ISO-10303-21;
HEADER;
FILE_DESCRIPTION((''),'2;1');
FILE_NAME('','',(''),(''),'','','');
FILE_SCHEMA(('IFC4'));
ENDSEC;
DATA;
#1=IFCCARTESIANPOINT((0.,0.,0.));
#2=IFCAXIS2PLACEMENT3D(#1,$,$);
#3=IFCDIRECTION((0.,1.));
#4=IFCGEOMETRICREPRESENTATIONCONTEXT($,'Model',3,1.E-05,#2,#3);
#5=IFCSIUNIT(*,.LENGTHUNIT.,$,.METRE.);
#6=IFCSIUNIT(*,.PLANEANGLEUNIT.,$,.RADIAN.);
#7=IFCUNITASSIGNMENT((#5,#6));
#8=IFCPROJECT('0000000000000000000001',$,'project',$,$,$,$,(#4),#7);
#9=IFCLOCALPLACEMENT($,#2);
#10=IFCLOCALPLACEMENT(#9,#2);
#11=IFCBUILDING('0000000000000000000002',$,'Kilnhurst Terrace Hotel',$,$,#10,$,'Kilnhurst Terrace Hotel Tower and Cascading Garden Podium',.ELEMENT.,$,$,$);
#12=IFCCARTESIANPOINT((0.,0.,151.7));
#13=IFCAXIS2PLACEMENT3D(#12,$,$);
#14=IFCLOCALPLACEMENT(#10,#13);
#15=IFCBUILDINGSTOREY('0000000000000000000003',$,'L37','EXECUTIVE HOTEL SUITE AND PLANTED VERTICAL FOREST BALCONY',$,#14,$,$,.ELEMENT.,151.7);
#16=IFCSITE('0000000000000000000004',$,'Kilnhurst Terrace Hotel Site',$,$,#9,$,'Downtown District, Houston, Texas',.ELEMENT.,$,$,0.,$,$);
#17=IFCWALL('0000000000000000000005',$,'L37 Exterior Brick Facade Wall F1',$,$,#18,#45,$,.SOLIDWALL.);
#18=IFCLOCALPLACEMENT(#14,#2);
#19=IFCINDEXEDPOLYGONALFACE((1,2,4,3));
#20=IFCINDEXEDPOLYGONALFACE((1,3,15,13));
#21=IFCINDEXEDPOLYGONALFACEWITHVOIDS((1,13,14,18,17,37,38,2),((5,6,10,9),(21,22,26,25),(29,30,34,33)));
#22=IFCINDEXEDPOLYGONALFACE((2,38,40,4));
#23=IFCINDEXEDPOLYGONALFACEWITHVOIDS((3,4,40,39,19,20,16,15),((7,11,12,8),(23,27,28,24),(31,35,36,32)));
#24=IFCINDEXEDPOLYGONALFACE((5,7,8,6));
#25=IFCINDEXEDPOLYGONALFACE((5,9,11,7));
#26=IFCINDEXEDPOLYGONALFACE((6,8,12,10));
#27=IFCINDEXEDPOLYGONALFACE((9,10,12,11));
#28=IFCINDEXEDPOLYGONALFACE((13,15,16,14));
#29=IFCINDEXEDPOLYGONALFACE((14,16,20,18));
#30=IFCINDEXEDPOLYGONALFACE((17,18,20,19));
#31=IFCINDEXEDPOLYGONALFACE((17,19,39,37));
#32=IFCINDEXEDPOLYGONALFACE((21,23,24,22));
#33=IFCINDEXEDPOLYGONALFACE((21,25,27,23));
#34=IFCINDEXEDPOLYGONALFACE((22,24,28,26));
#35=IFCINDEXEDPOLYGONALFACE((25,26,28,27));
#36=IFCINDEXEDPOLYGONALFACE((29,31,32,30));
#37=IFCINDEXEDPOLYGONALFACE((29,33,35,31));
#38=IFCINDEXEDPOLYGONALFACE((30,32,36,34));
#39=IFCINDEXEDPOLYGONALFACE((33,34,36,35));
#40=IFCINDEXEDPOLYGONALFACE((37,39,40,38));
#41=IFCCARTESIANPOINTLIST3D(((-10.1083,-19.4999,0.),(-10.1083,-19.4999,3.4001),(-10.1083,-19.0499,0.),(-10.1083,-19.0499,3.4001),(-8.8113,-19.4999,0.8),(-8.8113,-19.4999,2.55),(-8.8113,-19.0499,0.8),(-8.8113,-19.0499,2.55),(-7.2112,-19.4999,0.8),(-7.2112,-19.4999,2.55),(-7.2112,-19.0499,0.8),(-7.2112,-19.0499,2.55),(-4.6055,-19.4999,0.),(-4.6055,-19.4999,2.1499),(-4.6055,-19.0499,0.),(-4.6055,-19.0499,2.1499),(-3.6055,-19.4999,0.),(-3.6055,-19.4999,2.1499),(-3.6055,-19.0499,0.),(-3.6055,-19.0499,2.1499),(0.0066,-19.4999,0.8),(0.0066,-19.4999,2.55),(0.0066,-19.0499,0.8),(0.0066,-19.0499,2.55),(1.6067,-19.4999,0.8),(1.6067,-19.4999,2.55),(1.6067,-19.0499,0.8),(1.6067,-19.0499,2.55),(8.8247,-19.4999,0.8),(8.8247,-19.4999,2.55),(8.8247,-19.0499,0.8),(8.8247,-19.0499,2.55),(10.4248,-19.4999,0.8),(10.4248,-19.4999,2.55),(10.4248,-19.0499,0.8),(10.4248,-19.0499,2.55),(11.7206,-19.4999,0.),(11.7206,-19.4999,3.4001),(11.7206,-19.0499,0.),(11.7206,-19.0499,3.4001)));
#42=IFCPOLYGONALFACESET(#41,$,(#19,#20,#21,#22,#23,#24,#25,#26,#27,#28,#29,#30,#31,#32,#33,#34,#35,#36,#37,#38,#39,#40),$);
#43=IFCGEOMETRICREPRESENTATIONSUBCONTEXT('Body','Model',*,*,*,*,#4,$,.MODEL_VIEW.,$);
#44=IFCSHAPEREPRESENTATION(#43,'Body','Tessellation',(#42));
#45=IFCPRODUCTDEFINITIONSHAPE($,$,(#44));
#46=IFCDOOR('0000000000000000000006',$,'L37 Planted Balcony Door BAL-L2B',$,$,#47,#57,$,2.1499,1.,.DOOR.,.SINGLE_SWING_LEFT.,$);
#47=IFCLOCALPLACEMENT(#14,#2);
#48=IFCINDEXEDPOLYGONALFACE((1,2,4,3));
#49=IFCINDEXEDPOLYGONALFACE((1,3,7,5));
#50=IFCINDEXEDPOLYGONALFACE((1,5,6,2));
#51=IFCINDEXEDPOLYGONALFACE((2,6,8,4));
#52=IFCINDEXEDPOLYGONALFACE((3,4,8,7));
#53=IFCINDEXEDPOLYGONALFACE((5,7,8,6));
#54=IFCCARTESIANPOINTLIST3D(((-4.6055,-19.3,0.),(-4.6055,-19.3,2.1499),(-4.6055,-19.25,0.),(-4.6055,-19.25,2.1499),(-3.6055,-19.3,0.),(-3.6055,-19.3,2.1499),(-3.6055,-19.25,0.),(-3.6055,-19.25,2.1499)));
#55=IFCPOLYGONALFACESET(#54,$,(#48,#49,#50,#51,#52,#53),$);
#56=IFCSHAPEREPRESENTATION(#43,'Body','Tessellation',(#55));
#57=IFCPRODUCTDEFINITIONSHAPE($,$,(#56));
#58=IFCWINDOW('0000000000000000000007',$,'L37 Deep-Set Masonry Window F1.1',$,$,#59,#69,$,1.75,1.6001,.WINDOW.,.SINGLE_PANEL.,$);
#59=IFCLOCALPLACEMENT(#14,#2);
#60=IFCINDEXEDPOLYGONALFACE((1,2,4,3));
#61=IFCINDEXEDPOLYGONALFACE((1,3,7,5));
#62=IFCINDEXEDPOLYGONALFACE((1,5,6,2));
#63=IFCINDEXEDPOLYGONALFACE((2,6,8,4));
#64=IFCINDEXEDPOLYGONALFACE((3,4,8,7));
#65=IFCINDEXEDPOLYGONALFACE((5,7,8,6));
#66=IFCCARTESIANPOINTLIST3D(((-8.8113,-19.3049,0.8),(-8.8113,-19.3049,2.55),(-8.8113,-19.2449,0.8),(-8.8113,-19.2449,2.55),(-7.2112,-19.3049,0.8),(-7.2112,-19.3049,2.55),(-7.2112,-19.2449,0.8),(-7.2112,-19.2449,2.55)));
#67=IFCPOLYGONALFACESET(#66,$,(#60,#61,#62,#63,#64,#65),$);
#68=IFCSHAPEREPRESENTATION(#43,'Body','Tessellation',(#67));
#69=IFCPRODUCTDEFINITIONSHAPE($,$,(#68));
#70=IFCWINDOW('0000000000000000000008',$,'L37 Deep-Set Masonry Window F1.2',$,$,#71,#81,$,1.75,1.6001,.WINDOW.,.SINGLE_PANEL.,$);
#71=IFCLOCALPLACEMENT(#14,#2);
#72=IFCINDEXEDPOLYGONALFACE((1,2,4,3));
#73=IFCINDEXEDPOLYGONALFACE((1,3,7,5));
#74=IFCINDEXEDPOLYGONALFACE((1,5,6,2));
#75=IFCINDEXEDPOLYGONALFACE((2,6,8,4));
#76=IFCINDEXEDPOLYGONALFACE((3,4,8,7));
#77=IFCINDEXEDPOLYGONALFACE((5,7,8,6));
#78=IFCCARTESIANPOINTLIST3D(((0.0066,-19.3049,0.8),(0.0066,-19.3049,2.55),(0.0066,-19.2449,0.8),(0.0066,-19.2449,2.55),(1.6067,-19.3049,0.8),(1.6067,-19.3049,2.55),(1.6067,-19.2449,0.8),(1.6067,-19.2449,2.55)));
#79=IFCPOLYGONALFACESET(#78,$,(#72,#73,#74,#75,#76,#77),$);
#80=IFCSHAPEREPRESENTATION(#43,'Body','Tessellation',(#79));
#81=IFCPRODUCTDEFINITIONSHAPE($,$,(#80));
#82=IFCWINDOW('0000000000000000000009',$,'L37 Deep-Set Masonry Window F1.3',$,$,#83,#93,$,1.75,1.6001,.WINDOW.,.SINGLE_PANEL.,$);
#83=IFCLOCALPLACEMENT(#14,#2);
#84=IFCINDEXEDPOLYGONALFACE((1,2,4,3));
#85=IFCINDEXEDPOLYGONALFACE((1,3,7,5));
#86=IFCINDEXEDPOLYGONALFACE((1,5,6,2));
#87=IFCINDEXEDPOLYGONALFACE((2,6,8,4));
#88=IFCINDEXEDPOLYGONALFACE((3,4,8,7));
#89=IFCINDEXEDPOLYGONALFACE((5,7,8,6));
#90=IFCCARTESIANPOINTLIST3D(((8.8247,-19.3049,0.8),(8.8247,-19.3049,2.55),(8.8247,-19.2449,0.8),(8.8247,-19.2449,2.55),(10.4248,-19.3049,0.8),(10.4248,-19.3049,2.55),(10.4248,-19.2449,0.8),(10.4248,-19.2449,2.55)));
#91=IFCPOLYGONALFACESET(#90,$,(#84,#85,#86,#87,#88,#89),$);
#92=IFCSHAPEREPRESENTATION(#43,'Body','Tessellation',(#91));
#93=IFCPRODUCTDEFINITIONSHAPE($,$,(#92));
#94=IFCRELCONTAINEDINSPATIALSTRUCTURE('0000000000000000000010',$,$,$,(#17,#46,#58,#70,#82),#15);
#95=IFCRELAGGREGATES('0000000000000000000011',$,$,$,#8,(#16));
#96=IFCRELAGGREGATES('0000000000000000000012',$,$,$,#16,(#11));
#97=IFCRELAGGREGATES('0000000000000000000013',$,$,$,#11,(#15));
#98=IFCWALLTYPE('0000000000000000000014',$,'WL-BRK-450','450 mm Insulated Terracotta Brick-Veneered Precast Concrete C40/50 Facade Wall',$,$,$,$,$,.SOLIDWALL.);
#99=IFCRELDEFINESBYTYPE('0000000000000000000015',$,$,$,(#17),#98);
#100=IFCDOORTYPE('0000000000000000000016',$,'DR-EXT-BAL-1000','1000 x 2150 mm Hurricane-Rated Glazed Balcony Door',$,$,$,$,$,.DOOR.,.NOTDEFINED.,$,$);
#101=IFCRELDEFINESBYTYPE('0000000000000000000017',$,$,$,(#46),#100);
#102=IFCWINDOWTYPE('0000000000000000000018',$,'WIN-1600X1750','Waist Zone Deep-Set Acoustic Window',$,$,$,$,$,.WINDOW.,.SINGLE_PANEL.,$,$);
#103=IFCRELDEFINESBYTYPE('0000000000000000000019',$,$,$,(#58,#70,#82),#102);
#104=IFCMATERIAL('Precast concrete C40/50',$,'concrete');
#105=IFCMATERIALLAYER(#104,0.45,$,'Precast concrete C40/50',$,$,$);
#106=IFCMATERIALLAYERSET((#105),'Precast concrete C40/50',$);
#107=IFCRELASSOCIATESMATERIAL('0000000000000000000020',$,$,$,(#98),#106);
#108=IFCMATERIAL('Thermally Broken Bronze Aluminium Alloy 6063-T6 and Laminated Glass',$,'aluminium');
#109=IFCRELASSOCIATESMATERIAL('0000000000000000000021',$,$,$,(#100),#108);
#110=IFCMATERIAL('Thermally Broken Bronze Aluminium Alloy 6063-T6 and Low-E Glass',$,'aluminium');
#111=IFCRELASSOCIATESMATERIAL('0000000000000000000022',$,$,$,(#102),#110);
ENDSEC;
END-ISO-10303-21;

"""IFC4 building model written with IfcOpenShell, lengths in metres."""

from ifc_helpers import new_model, si_unit, direction, frame, frame_2d, origin, place, context, subcontext, project, spatial, rectangle, extrude, material, layer, layer_set, type_object, element, fill, save


model = new_model("IFC4")

# Units and contexts
model_context = context("Model", 3, precision=1e-05, world=origin(), true_north=direction((0.0, 1.0)))
body_context = subcontext(model_context, "Body", "Model", "MODEL_VIEW")
ifc_project = project(units=[si_unit("LENGTHUNIT", "METRE"), si_unit("PLANEANGLEUNIT", "RADIAN")], contexts=[model_context])

# Site, building, storey
site_placement = place(None, origin())
site = spatial("IfcSite", under=ifc_project, at=site_placement, Name="Kilnhurst Terrace Hotel Site", LongName="Downtown District, Houston, Texas", CompositionType="ELEMENT", RefElevation=0.0)
building_placement = place(site_placement, origin())
building = spatial("IfcBuilding", under=site, at=building_placement, Name="Kilnhurst Terrace Hotel", LongName="Kilnhurst Terrace Hotel Tower and Cascading Garden Podium", CompositionType="ELEMENT")
storey_placement = place(building_placement, frame((0.0, 0.0, 151.7)))
storey = spatial("IfcBuildingStorey", under=building, at=storey_placement, Name="L37", Description="EXECUTIVE HOTEL SUITE AND PLANTED VERTICAL FOREST BALCONY", CompositionType="ELEMENT", Elevation=151.7)

# Shared definitions
ifc_material_1 = material(Name="Precast concrete C40/50", Category="concrete")
ifc_layer_1 = layer(ifc_material_1, 0.45, Name="Precast concrete C40/50")
ifc_layer_set_1 = layer_set([ifc_layer_1], Name="Precast concrete C40/50")
wall_type_1 = type_object("IfcWallType", Name="WL-BRK-450", Description="450 mm Insulated Terracotta Brick-Veneered Precast Concrete C40/50 Facade Wall", PredefinedType="SOLIDWALL", material=ifc_layer_set_1)

# Wall, openings, door, windows
wall_1_placement = place(storey_placement, frame((-10.1084, -19.2749, 0.0), z_axis=(0.0, 0.0, 1.0), x_axis=(1.0, 0.0, 0.0)))
wall_1 = element("IfcWall", 1, at=wall_1_placement, inside=storey, type_object=wall_type_1, Name="L37 Exterior Brick Facade Wall F1", PredefinedType="SOLIDWALL", context=body_context, shape_type="SweptSolid", body=[
    extrude(rectangle(XDim=21.8289, YDim=0.45, at=frame_2d((10.9146, 0.0))), origin(), (0.0, 0.0, 1.0), 3.4001),
])
opening_1_placement = place(wall_1_placement, frame((5.5029, 0.0, 0.0)))
opening_1 = element("IfcOpeningElement", 2, at=opening_1_placement, cuts=wall_1, PredefinedType="OPENING", context=body_context, shape_type="SweptSolid", body=[
    extrude(rectangle(XDim=1.0, YDim=2.1499, at=frame_2d((0.5, 1.075))), frame((0.0, 0.2349, 0.0), z_axis=(0.0, -1.0, 0.0), x_axis=(1.0, 0.0, 0.0)), (0.0, 0.0, 1.0), 0.47),
])
opening_2_placement = place(wall_1_placement, frame((1.2971, 0.0, 0.8)))
opening_2 = element("IfcOpeningElement", 3, at=opening_2_placement, cuts=wall_1, PredefinedType="OPENING", context=body_context, shape_type="SweptSolid", body=[
    extrude(rectangle(XDim=1.6001, YDim=1.75, at=frame_2d((0.8, 0.875))), frame((0.0, 0.2349, 0.0), z_axis=(0.0, -1.0, 0.0), x_axis=(1.0, 0.0, 0.0)), (0.0, 0.0, 1.0), 0.47),
])
opening_3_placement = place(wall_1_placement, frame((10.115, 0.0, 0.8)))
opening_3 = element("IfcOpeningElement", 4, at=opening_3_placement, cuts=wall_1, PredefinedType="OPENING", context=body_context, shape_type="SweptSolid", body=[
    extrude(rectangle(XDim=1.6001, YDim=1.75, at=frame_2d((0.8, 0.875))), frame((0.0, 0.2349, 0.0), z_axis=(0.0, -1.0, 0.0), x_axis=(1.0, 0.0, 0.0)), (0.0, 0.0, 1.0), 0.47),
])
opening_4_placement = place(wall_1_placement, frame((18.9331, 0.0, 0.8)))
opening_4 = element("IfcOpeningElement", 5, at=opening_4_placement, cuts=wall_1, PredefinedType="OPENING", context=body_context, shape_type="SweptSolid", body=[
    extrude(rectangle(XDim=1.6001, YDim=1.75, at=frame_2d((0.8, 0.875))), frame((0.0, 0.2349, 0.0), z_axis=(0.0, -1.0, 0.0), x_axis=(1.0, 0.0, 0.0)), (0.0, 0.0, 1.0), 0.47),
])
ifc_material_2 = material(Name="Thermally Broken Bronze Aluminium Alloy 6063-T6 and Laminated Glass", Category="aluminium")
door_type_1 = type_object("IfcDoorType", Name="DR-EXT-BAL-1000", Description="1000 x 2150 mm Hurricane-Rated Glazed Balcony Door", OperationType="NOTDEFINED", PredefinedType="DOOR", material=ifc_material_2)
door_1_placement = place(opening_1_placement, origin())
door_1 = element("IfcDoor", 6, at=door_1_placement, inside=storey, type_object=door_type_1, Name="L37 Planted Balcony Door BAL-L2B", OperationType="SINGLE_SWING_LEFT", OverallHeight=2.1499, OverallWidth=1.0, PredefinedType="DOOR", context=body_context, shape_type="SweptSolid", body=[
    extrude(rectangle(XDim=1.0, YDim=2.1499, at=frame_2d((0.5, 1.075))), frame((0.0, 0.0249, 0.0), z_axis=(0.0, -1.0, 0.0), x_axis=(1.0, 0.0, 0.0)), (0.0, 0.0, 1.0), 0.05),
])
fill(opening_1, door_1)
ifc_material_3 = material(Name="Thermally Broken Bronze Aluminium Alloy 6063-T6 and Low-E Glass", Category="aluminium")
window_type = type_object("IfcWindowType", Name="WIN-1600X1750", Description="Waist Zone Deep-Set Acoustic Window", PartitioningType="SINGLE_PANEL", PredefinedType="WINDOW", material=ifc_material_3)
window_1_placement = place(opening_2_placement, origin())
window_1 = element("IfcWindow", 7, at=window_1_placement, inside=storey, type_object=window_type, Name="L37 Deep-Set Masonry Window F1.1", OverallHeight=1.75, OverallWidth=1.6001, PartitioningType="SINGLE_PANEL", PredefinedType="WINDOW", context=body_context, shape_type="SweptSolid", body=[
    extrude(rectangle(XDim=1.6001, YDim=1.75, at=frame_2d((0.8, 0.875))), frame((0.0, 0.03, 0.0), z_axis=(0.0, -1.0, 0.0), x_axis=(1.0, 0.0, 0.0)), (0.0, 0.0, 1.0), 0.0601),
])
fill(opening_2, window_1)
window_2_placement = place(opening_3_placement, origin())
window_2 = element("IfcWindow", 8, at=window_2_placement, inside=storey, type_object=window_type, Name="L37 Deep-Set Masonry Window F1.2", OverallHeight=1.75, OverallWidth=1.6001, PartitioningType="SINGLE_PANEL", PredefinedType="WINDOW", context=body_context, shape_type="SweptSolid", body=[
    extrude(rectangle(XDim=1.6001, YDim=1.75, at=frame_2d((0.8, 0.875))), frame((0.0, 0.03, 0.0), z_axis=(0.0, -1.0, 0.0), x_axis=(1.0, 0.0, 0.0)), (0.0, 0.0, 1.0), 0.0601),
])
fill(opening_3, window_2)
window_3_placement = place(opening_4_placement, origin())
window_3 = element("IfcWindow", 9, at=window_3_placement, inside=storey, type_object=window_type, Name="L37 Deep-Set Masonry Window F1.3", OverallHeight=1.75, OverallWidth=1.6001, PartitioningType="SINGLE_PANEL", PredefinedType="WINDOW", context=body_context, shape_type="SweptSolid", body=[
    extrude(rectangle(XDim=1.6001, YDim=1.75, at=frame_2d((0.8, 0.875))), frame((0.0, 0.03, 0.0), z_axis=(0.0, -1.0, 0.0), x_axis=(1.0, 0.0, 0.0)), (0.0, 0.0, 1.0), 0.0601),
])
fill(opening_4, window_3)

save(model, "model.ifc")
